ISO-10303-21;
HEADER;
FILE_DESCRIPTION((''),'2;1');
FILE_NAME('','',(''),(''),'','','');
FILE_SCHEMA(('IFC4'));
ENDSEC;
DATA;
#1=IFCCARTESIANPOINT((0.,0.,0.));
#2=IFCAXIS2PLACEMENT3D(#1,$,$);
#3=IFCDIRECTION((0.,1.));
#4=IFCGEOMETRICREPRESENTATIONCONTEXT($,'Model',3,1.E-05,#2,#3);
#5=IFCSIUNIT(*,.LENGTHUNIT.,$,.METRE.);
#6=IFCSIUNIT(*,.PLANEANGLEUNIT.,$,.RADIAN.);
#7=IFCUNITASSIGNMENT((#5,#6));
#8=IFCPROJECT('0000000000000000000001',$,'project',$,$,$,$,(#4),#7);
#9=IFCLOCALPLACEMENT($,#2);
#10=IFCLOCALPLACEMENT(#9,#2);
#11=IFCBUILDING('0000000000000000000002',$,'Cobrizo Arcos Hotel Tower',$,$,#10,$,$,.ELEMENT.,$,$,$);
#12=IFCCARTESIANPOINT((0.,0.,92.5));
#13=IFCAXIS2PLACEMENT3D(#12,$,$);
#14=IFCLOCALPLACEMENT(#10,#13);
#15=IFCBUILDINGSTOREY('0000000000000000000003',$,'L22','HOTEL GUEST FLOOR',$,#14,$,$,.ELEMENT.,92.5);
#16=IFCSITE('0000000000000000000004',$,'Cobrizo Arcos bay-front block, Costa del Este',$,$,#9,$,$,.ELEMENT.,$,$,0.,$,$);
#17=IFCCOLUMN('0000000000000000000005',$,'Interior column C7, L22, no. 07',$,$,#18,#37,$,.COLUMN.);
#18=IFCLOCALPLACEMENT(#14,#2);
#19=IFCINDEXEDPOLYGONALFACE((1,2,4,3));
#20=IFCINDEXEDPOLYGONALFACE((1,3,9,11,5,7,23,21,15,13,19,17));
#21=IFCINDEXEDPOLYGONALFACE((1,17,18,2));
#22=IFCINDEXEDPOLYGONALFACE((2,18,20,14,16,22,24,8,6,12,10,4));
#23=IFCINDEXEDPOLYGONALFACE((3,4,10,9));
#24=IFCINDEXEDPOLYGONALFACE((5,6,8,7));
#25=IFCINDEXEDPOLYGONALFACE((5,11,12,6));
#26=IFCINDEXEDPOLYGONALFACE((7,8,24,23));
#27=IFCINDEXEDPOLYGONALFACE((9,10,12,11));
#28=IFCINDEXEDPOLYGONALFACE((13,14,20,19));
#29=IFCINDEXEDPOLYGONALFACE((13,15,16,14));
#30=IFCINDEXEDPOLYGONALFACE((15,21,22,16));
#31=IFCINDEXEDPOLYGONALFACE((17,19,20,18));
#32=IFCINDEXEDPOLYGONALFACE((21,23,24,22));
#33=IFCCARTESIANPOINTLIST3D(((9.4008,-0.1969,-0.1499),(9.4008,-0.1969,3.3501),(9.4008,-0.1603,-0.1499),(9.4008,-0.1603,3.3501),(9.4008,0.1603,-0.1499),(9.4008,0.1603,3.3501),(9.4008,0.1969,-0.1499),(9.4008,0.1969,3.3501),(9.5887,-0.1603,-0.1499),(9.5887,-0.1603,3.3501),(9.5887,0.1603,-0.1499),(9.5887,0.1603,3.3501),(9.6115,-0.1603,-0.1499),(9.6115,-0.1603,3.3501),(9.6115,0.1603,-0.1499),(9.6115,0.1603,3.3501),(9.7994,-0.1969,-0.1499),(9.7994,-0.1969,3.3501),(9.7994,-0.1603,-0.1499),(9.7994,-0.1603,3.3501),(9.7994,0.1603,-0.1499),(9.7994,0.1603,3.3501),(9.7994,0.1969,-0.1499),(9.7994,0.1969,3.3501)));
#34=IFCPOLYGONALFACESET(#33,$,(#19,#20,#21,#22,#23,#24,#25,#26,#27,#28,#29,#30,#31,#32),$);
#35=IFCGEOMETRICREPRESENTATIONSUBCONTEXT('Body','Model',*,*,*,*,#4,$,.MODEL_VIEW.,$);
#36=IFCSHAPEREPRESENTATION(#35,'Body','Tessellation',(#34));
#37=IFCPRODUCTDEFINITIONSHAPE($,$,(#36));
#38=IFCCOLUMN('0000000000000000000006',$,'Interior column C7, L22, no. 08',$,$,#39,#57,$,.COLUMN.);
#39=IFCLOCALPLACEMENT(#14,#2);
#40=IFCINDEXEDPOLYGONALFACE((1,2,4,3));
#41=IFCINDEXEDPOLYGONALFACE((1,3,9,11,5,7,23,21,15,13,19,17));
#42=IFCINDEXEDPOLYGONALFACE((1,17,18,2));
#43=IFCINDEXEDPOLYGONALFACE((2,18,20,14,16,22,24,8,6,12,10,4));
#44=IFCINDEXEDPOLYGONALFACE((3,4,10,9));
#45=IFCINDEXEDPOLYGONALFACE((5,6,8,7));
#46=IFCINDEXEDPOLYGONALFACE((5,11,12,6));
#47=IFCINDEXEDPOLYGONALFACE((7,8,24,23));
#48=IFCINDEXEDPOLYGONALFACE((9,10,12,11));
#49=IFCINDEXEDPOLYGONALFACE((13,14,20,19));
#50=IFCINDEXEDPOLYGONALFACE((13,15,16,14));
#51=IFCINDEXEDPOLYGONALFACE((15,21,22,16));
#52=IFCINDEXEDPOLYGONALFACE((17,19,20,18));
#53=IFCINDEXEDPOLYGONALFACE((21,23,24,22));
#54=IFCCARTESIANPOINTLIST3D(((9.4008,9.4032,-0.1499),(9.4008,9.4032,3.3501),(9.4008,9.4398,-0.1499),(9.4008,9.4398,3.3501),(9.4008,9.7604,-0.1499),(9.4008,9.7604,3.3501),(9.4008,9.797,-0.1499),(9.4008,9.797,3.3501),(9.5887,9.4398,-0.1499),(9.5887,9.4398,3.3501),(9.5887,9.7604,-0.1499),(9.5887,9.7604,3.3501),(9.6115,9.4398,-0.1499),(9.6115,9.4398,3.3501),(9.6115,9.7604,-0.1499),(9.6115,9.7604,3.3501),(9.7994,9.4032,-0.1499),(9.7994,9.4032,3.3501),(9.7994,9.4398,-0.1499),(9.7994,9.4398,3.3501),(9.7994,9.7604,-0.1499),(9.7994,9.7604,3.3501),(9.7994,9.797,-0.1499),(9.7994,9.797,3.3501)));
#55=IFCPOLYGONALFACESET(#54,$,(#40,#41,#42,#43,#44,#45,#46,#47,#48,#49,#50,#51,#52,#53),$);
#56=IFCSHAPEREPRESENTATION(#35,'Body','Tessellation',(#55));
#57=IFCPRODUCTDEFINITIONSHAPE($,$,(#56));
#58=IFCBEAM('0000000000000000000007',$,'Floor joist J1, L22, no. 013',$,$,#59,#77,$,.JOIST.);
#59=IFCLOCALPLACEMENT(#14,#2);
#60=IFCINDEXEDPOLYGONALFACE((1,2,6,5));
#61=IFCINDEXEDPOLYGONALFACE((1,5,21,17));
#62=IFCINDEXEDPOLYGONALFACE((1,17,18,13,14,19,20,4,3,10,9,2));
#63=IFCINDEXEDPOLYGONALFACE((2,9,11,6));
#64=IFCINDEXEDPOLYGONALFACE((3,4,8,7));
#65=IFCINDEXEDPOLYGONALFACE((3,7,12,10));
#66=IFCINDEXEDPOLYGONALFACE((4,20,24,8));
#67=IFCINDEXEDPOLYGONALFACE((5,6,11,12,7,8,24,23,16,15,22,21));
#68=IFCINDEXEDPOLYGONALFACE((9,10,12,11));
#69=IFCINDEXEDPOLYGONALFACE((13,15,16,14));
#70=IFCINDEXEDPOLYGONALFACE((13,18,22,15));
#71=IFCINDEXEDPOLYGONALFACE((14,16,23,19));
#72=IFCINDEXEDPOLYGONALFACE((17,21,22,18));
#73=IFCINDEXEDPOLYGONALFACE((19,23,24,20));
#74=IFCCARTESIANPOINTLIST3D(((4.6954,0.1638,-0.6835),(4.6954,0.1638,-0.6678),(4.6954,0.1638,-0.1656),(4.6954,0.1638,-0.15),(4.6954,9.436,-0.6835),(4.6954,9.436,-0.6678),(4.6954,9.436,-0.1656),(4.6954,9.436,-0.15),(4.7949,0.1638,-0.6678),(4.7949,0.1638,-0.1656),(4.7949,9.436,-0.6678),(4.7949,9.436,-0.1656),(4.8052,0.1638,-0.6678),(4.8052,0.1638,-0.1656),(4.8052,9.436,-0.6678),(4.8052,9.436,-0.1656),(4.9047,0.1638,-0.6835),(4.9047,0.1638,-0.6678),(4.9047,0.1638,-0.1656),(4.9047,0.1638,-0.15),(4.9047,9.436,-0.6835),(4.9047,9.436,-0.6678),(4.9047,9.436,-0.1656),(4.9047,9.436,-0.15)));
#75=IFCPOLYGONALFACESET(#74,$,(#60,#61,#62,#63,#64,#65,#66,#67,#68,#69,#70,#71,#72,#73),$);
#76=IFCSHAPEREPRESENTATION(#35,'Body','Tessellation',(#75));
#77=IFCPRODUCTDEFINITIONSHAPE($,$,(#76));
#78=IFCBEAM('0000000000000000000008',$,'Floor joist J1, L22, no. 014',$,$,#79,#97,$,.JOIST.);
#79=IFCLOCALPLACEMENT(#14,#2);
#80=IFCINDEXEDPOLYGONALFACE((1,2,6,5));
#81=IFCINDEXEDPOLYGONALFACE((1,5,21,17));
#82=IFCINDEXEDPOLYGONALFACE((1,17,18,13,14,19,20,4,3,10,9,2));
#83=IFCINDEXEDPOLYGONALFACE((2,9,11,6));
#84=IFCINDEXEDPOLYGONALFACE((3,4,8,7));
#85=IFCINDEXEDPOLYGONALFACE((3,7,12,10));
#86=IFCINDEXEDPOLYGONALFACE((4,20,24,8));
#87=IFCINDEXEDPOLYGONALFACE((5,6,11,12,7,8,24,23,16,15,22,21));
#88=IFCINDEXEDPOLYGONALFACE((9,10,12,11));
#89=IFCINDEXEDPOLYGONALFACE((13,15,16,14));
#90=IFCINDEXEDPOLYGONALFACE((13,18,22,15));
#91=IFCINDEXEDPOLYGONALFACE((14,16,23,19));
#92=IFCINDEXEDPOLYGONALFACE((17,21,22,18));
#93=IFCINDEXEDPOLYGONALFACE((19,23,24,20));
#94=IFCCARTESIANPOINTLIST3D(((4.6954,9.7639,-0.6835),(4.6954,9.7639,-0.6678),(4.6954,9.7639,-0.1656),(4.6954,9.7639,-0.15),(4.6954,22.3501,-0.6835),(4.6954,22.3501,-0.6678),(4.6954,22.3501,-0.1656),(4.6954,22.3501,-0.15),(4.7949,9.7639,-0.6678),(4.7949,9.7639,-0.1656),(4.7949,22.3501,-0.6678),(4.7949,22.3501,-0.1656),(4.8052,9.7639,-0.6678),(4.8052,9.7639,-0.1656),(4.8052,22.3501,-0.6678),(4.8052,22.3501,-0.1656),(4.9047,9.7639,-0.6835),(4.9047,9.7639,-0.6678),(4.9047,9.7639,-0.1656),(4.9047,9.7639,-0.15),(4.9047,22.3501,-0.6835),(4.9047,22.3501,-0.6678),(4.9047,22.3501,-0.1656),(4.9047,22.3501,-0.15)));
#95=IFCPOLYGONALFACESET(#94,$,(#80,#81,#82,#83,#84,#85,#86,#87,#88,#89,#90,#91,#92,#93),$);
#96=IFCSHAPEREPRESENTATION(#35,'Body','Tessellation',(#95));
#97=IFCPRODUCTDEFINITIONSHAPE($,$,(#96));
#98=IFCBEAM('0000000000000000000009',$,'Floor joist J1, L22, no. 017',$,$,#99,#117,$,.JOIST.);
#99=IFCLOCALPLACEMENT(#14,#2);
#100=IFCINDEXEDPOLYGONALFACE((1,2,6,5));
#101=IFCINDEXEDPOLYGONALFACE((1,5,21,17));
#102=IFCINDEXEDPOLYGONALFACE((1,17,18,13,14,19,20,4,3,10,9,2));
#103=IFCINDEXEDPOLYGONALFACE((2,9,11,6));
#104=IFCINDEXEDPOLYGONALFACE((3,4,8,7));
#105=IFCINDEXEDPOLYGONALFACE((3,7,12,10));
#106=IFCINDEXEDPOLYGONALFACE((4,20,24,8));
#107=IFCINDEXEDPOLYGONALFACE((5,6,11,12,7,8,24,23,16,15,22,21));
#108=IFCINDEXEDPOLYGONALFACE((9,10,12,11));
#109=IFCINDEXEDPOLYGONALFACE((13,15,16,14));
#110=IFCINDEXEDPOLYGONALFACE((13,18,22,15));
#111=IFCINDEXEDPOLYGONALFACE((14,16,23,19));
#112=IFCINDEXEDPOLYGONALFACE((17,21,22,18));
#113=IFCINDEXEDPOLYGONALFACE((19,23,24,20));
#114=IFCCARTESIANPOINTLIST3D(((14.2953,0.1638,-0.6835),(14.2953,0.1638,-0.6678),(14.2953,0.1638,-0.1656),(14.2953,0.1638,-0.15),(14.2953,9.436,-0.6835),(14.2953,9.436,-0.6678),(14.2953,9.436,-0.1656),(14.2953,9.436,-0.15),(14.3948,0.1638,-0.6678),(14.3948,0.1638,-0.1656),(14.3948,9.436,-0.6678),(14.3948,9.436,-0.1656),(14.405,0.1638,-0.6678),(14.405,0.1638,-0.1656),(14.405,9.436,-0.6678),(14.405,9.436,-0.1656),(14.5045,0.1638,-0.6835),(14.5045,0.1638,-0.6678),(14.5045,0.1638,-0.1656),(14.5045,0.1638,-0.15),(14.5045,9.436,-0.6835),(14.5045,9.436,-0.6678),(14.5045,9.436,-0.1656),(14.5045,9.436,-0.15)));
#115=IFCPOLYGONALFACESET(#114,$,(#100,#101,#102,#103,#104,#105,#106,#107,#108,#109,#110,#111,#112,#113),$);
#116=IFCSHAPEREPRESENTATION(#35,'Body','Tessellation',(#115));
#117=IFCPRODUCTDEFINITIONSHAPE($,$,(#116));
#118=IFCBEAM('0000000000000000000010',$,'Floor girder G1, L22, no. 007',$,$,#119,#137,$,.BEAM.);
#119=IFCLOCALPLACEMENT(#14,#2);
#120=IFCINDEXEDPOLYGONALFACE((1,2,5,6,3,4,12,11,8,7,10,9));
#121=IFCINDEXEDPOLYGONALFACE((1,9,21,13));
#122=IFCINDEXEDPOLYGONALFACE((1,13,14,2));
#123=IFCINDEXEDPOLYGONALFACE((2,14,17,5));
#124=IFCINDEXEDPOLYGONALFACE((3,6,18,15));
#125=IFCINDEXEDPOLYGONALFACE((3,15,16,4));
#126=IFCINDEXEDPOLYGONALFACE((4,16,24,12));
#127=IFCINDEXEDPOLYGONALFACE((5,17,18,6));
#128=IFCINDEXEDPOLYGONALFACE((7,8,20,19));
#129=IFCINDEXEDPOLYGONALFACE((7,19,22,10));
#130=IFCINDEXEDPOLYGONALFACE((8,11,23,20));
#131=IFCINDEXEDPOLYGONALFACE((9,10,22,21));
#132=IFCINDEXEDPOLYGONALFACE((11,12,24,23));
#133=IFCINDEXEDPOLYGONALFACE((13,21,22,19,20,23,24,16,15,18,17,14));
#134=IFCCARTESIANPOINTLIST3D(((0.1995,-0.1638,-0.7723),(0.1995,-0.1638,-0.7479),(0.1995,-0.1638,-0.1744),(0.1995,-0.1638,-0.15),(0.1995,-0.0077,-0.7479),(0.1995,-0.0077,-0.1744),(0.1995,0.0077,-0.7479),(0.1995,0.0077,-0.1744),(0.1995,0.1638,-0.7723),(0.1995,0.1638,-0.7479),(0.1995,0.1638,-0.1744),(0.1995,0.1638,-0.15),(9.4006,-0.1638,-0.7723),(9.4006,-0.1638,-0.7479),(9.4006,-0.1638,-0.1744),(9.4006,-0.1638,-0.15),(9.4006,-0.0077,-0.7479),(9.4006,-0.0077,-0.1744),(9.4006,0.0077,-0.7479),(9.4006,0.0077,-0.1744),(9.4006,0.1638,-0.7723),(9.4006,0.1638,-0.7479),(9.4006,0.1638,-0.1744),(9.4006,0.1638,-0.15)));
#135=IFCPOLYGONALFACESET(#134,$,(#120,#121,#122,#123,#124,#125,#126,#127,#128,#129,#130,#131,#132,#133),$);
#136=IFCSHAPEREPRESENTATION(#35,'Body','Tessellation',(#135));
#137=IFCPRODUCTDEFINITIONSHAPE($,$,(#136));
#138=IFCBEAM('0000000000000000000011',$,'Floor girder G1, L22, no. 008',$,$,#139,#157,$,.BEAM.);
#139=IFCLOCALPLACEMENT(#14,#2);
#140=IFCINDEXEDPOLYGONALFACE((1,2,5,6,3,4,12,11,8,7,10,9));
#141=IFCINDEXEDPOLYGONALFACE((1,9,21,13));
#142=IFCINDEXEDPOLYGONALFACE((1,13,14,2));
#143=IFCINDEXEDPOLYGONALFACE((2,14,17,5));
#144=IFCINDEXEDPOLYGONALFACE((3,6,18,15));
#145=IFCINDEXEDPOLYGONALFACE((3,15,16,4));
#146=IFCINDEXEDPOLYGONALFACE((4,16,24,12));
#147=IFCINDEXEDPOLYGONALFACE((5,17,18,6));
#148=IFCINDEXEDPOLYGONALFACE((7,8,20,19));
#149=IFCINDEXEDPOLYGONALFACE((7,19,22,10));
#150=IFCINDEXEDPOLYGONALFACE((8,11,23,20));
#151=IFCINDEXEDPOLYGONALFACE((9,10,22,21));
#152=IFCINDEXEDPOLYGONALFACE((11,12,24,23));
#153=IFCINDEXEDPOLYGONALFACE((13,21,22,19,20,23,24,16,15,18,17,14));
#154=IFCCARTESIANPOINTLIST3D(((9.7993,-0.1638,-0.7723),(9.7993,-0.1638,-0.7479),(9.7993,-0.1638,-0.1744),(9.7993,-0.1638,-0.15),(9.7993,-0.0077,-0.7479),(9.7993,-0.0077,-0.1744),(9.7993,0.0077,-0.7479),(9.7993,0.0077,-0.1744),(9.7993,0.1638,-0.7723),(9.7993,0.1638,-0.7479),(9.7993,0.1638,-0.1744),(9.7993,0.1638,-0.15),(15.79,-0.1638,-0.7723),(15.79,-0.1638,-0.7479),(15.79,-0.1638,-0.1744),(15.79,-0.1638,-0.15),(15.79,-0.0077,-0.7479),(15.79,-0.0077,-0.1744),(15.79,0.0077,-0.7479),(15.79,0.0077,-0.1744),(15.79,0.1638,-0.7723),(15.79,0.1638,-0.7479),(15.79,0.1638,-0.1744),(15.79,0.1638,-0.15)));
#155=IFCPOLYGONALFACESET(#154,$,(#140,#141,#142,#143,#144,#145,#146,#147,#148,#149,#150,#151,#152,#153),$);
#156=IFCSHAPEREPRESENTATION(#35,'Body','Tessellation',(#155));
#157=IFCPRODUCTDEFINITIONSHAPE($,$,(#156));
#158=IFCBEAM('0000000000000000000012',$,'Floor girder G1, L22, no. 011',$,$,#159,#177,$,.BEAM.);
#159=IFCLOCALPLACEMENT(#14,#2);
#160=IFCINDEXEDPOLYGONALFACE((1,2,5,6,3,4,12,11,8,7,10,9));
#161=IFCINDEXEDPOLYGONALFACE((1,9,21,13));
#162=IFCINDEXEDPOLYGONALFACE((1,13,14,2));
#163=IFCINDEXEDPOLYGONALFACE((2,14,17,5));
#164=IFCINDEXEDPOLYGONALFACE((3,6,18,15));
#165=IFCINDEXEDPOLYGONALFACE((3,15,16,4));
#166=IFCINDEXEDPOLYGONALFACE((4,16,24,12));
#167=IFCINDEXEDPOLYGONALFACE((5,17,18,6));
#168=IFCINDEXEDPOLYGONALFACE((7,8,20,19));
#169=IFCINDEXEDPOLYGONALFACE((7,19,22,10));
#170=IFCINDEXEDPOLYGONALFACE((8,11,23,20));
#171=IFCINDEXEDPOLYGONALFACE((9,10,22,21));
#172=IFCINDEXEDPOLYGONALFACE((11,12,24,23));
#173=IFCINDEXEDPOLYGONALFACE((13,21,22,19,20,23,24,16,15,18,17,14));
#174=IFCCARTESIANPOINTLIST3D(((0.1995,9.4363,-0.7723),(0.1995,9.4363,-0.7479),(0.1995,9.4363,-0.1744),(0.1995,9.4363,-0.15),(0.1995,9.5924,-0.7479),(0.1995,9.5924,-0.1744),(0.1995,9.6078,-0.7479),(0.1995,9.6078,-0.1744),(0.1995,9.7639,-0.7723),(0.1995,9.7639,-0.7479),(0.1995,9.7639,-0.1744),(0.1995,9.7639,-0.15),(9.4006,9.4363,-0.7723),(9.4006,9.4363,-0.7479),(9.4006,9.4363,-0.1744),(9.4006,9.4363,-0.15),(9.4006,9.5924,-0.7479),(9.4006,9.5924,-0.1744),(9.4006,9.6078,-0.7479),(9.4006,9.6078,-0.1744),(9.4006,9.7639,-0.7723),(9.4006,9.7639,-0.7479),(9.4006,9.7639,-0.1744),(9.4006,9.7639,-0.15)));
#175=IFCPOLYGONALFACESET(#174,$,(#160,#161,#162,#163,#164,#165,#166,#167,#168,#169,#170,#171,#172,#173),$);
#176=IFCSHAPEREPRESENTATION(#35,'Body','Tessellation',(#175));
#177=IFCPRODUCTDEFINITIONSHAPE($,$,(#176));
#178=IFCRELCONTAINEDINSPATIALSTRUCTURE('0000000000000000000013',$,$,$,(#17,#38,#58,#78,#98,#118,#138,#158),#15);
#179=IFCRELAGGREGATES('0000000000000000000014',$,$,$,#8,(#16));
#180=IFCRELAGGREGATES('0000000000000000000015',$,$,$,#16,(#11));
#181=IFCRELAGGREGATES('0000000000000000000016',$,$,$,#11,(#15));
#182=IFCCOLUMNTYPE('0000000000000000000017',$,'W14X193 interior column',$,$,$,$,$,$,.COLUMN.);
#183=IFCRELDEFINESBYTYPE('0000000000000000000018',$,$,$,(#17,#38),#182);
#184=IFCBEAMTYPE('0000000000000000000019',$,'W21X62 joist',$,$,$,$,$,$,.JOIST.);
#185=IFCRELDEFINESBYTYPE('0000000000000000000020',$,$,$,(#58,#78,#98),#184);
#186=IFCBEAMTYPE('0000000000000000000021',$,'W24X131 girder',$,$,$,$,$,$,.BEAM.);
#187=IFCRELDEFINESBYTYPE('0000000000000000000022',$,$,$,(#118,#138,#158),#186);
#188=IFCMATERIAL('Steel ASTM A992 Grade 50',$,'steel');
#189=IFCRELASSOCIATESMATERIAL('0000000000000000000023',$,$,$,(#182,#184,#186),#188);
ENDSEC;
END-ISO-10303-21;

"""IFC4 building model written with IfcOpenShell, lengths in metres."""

from ifc_helpers import new_model, si_unit, direction, frame, origin, origin_2d, place, context, subcontext, project, spatial, i_section, extrude, material, material_profile, profile_set, type_object, element, save


model = new_model("IFC4")

# Units and contexts
model_context = context("Model", 3, precision=1e-05, world=origin(), true_north=direction((0.0, 1.0)))
body_context = subcontext(model_context, "Body", "Model", "MODEL_VIEW")
ifc_project = project(units=[si_unit("LENGTHUNIT", "METRE"), si_unit("PLANEANGLEUNIT", "RADIAN")], contexts=[model_context])

# Site, building, storey
site_placement = place(None, origin())
site = spatial("IfcSite", under=ifc_project, at=site_placement, Name="Cobrizo Arcos bay-front block, Costa del Este", CompositionType="ELEMENT", RefElevation=0.0)
building_placement = place(site_placement, origin())
building = spatial("IfcBuilding", under=site, at=building_placement, Name="Cobrizo Arcos Hotel Tower", CompositionType="ELEMENT")
storey_placement = place(building_placement, frame((0.0, 0.0, 92.5)))
storey = spatial("IfcBuildingStorey", under=building, at=storey_placement, Name="L22", Description="HOTEL GUEST FLOOR", CompositionType="ELEMENT", Elevation=92.5)

# Columns
ifc_material_1 = material(Name="Steel ASTM A992 Grade 50", Category="steel")
ifc_material_profile_1 = material_profile(ifc_material_1, i_section(OverallWidth=0.3987, OverallDepth=0.3938, WebThickness=0.0227, FlangeThickness=0.0366, at=origin_2d()), Name="W14X193")
ifc_profile_set_1 = profile_set([ifc_material_profile_1], Name="Steel ASTM A992 Grade 50")
column_type = type_object("IfcColumnType", Name="W14X193 interior column", PredefinedType="COLUMN", material=ifc_profile_set_1)
for number, where, z_axis, x_axis, name in (
    (1, (9.6001, 0.0, -0.1499), (0.0, 0.0, 1.0), (1.0, 0.0, 0.0), "Interior column C7, L22, no. 07"),
    (2, (9.6001, 9.6001, -0.1499), (0.0, 0.0, 1.0), (1.0, 0.0, 0.0), "Interior column C7, L22, no. 08"),
):
    element("IfcColumn", number, at=place(storey_placement, frame(where, z_axis=z_axis, x_axis=x_axis)), inside=storey, type_object=column_type, Name=name, PredefinedType="COLUMN", context=body_context, shape_type="SweptSolid", body=[
        extrude(i_section(OverallWidth=0.3987, OverallDepth=0.3938, WebThickness=0.0227, FlangeThickness=0.0366, at=origin_2d()), origin(), (0.0, 0.0, 1.0), 3.5),
    ])

# Beams
ifc_material_profile_2 = material_profile(ifc_material_1, i_section(OverallWidth=0.2092, OverallDepth=0.5334, WebThickness=0.0103, FlangeThickness=0.0156, at=origin_2d()), Name="W21X62")
ifc_profile_set_2 = profile_set([ifc_material_profile_2], Name="Steel ASTM A992 Grade 50")
beam_type_1 = type_object("IfcBeamType", Name="W21X62 joist", PredefinedType="JOIST", material=ifc_profile_set_2)
beam_1_placement = place(storey_placement, frame((4.8, 0.1638, -0.4167), z_axis=(0.0, 1.0, 0.0), x_axis=(-1.0, 0.0, 0.0)))
element("IfcBeam", 3, at=beam_1_placement, inside=storey, type_object=beam_type_1, Name="Floor joist J1, L22, no. 013", PredefinedType="JOIST", context=body_context, shape_type="SweptSolid", body=[
    extrude(i_section(OverallWidth=0.2092, OverallDepth=0.5334, WebThickness=0.0103, FlangeThickness=0.0156, at=origin_2d()), origin(), (0.0, 0.0, 1.0), 9.2722),
])
beam_2_placement = place(storey_placement, frame((4.8, 9.7639, -0.4167), z_axis=(0.0, 1.0, 0.0), x_axis=(-1.0, 0.0, 0.0)))
element("IfcBeam", 4, at=beam_2_placement, inside=storey, type_object=beam_type_1, Name="Floor joist J1, L22, no. 014", PredefinedType="JOIST", context=body_context, shape_type="SweptSolid", body=[
    extrude(i_section(OverallWidth=0.2092, OverallDepth=0.5334, WebThickness=0.0103, FlangeThickness=0.0156, at=origin_2d()), origin(), (0.0, 0.0, 1.0), 12.5862),
])
beam_3_placement = place(storey_placement, frame((14.3999, 0.1638, -0.4167), z_axis=(0.0, 1.0, 0.0), x_axis=(-1.0, 0.0, 0.0)))
element("IfcBeam", 5, at=beam_3_placement, inside=storey, type_object=beam_type_1, Name="Floor joist J1, L22, no. 017", PredefinedType="JOIST", context=body_context, shape_type="SweptSolid", body=[
    extrude(i_section(OverallWidth=0.2092, OverallDepth=0.5334, WebThickness=0.0103, FlangeThickness=0.0156, at=origin_2d()), origin(), (0.0, 0.0, 1.0), 9.2722),
])
ifc_material_profile_3 = material_profile(ifc_material_1, i_section(OverallWidth=0.3276, OverallDepth=0.6223, WebThickness=0.0154, FlangeThickness=0.0244, at=origin_2d()), Name="W24X131")
ifc_profile_set_3 = profile_set([ifc_material_profile_3], Name="Steel ASTM A992 Grade 50")
beam_type_2 = type_object("IfcBeamType", Name="W24X131 girder", PredefinedType="BEAM", material=ifc_profile_set_3)
beam_4_placement = place(storey_placement, frame((0.1995, 0.0, -0.4612), z_axis=(1.0, 0.0, 0.0), x_axis=(0.0, 1.0, 0.0)))
element("IfcBeam", 6, at=beam_4_placement, inside=storey, type_object=beam_type_2, Name="Floor girder G1, L22, no. 007", PredefinedType="BEAM", context=body_context, shape_type="SweptSolid", body=[
    extrude(i_section(OverallWidth=0.3276, OverallDepth=0.6223, WebThickness=0.0154, FlangeThickness=0.0244, at=origin_2d()), origin(), (0.0, 0.0, 1.0), 9.2012),
])
beam_5_placement = place(storey_placement, frame((9.7993, 0.0, -0.4612), z_axis=(1.0, 0.0, 0.0), x_axis=(0.0, 1.0, 0.0)))
element("IfcBeam", 7, at=beam_5_placement, inside=storey, type_object=beam_type_2, Name="Floor girder G1, L22, no. 008", PredefinedType="BEAM", context=body_context, shape_type="SweptSolid", body=[
    extrude(i_section(OverallWidth=0.3276, OverallDepth=0.6223, WebThickness=0.0154, FlangeThickness=0.0244, at=origin_2d()), origin(), (0.0, 0.0, 1.0), 5.9907),
])
beam_6_placement = place(storey_placement, frame((0.1995, 9.6001, -0.4612), z_axis=(1.0, 0.0, 0.0), x_axis=(0.0, 1.0, 0.0)))
element("IfcBeam", 8, at=beam_6_placement, inside=storey, type_object=beam_type_2, Name="Floor girder G1, L22, no. 011", PredefinedType="BEAM", context=body_context, shape_type="SweptSolid", body=[
    extrude(i_section(OverallWidth=0.3276, OverallDepth=0.6223, WebThickness=0.0154, FlangeThickness=0.0244, at=origin_2d()), origin(), (0.0, 0.0, 1.0), 9.2012),
])

save(model, "model.ifc")
